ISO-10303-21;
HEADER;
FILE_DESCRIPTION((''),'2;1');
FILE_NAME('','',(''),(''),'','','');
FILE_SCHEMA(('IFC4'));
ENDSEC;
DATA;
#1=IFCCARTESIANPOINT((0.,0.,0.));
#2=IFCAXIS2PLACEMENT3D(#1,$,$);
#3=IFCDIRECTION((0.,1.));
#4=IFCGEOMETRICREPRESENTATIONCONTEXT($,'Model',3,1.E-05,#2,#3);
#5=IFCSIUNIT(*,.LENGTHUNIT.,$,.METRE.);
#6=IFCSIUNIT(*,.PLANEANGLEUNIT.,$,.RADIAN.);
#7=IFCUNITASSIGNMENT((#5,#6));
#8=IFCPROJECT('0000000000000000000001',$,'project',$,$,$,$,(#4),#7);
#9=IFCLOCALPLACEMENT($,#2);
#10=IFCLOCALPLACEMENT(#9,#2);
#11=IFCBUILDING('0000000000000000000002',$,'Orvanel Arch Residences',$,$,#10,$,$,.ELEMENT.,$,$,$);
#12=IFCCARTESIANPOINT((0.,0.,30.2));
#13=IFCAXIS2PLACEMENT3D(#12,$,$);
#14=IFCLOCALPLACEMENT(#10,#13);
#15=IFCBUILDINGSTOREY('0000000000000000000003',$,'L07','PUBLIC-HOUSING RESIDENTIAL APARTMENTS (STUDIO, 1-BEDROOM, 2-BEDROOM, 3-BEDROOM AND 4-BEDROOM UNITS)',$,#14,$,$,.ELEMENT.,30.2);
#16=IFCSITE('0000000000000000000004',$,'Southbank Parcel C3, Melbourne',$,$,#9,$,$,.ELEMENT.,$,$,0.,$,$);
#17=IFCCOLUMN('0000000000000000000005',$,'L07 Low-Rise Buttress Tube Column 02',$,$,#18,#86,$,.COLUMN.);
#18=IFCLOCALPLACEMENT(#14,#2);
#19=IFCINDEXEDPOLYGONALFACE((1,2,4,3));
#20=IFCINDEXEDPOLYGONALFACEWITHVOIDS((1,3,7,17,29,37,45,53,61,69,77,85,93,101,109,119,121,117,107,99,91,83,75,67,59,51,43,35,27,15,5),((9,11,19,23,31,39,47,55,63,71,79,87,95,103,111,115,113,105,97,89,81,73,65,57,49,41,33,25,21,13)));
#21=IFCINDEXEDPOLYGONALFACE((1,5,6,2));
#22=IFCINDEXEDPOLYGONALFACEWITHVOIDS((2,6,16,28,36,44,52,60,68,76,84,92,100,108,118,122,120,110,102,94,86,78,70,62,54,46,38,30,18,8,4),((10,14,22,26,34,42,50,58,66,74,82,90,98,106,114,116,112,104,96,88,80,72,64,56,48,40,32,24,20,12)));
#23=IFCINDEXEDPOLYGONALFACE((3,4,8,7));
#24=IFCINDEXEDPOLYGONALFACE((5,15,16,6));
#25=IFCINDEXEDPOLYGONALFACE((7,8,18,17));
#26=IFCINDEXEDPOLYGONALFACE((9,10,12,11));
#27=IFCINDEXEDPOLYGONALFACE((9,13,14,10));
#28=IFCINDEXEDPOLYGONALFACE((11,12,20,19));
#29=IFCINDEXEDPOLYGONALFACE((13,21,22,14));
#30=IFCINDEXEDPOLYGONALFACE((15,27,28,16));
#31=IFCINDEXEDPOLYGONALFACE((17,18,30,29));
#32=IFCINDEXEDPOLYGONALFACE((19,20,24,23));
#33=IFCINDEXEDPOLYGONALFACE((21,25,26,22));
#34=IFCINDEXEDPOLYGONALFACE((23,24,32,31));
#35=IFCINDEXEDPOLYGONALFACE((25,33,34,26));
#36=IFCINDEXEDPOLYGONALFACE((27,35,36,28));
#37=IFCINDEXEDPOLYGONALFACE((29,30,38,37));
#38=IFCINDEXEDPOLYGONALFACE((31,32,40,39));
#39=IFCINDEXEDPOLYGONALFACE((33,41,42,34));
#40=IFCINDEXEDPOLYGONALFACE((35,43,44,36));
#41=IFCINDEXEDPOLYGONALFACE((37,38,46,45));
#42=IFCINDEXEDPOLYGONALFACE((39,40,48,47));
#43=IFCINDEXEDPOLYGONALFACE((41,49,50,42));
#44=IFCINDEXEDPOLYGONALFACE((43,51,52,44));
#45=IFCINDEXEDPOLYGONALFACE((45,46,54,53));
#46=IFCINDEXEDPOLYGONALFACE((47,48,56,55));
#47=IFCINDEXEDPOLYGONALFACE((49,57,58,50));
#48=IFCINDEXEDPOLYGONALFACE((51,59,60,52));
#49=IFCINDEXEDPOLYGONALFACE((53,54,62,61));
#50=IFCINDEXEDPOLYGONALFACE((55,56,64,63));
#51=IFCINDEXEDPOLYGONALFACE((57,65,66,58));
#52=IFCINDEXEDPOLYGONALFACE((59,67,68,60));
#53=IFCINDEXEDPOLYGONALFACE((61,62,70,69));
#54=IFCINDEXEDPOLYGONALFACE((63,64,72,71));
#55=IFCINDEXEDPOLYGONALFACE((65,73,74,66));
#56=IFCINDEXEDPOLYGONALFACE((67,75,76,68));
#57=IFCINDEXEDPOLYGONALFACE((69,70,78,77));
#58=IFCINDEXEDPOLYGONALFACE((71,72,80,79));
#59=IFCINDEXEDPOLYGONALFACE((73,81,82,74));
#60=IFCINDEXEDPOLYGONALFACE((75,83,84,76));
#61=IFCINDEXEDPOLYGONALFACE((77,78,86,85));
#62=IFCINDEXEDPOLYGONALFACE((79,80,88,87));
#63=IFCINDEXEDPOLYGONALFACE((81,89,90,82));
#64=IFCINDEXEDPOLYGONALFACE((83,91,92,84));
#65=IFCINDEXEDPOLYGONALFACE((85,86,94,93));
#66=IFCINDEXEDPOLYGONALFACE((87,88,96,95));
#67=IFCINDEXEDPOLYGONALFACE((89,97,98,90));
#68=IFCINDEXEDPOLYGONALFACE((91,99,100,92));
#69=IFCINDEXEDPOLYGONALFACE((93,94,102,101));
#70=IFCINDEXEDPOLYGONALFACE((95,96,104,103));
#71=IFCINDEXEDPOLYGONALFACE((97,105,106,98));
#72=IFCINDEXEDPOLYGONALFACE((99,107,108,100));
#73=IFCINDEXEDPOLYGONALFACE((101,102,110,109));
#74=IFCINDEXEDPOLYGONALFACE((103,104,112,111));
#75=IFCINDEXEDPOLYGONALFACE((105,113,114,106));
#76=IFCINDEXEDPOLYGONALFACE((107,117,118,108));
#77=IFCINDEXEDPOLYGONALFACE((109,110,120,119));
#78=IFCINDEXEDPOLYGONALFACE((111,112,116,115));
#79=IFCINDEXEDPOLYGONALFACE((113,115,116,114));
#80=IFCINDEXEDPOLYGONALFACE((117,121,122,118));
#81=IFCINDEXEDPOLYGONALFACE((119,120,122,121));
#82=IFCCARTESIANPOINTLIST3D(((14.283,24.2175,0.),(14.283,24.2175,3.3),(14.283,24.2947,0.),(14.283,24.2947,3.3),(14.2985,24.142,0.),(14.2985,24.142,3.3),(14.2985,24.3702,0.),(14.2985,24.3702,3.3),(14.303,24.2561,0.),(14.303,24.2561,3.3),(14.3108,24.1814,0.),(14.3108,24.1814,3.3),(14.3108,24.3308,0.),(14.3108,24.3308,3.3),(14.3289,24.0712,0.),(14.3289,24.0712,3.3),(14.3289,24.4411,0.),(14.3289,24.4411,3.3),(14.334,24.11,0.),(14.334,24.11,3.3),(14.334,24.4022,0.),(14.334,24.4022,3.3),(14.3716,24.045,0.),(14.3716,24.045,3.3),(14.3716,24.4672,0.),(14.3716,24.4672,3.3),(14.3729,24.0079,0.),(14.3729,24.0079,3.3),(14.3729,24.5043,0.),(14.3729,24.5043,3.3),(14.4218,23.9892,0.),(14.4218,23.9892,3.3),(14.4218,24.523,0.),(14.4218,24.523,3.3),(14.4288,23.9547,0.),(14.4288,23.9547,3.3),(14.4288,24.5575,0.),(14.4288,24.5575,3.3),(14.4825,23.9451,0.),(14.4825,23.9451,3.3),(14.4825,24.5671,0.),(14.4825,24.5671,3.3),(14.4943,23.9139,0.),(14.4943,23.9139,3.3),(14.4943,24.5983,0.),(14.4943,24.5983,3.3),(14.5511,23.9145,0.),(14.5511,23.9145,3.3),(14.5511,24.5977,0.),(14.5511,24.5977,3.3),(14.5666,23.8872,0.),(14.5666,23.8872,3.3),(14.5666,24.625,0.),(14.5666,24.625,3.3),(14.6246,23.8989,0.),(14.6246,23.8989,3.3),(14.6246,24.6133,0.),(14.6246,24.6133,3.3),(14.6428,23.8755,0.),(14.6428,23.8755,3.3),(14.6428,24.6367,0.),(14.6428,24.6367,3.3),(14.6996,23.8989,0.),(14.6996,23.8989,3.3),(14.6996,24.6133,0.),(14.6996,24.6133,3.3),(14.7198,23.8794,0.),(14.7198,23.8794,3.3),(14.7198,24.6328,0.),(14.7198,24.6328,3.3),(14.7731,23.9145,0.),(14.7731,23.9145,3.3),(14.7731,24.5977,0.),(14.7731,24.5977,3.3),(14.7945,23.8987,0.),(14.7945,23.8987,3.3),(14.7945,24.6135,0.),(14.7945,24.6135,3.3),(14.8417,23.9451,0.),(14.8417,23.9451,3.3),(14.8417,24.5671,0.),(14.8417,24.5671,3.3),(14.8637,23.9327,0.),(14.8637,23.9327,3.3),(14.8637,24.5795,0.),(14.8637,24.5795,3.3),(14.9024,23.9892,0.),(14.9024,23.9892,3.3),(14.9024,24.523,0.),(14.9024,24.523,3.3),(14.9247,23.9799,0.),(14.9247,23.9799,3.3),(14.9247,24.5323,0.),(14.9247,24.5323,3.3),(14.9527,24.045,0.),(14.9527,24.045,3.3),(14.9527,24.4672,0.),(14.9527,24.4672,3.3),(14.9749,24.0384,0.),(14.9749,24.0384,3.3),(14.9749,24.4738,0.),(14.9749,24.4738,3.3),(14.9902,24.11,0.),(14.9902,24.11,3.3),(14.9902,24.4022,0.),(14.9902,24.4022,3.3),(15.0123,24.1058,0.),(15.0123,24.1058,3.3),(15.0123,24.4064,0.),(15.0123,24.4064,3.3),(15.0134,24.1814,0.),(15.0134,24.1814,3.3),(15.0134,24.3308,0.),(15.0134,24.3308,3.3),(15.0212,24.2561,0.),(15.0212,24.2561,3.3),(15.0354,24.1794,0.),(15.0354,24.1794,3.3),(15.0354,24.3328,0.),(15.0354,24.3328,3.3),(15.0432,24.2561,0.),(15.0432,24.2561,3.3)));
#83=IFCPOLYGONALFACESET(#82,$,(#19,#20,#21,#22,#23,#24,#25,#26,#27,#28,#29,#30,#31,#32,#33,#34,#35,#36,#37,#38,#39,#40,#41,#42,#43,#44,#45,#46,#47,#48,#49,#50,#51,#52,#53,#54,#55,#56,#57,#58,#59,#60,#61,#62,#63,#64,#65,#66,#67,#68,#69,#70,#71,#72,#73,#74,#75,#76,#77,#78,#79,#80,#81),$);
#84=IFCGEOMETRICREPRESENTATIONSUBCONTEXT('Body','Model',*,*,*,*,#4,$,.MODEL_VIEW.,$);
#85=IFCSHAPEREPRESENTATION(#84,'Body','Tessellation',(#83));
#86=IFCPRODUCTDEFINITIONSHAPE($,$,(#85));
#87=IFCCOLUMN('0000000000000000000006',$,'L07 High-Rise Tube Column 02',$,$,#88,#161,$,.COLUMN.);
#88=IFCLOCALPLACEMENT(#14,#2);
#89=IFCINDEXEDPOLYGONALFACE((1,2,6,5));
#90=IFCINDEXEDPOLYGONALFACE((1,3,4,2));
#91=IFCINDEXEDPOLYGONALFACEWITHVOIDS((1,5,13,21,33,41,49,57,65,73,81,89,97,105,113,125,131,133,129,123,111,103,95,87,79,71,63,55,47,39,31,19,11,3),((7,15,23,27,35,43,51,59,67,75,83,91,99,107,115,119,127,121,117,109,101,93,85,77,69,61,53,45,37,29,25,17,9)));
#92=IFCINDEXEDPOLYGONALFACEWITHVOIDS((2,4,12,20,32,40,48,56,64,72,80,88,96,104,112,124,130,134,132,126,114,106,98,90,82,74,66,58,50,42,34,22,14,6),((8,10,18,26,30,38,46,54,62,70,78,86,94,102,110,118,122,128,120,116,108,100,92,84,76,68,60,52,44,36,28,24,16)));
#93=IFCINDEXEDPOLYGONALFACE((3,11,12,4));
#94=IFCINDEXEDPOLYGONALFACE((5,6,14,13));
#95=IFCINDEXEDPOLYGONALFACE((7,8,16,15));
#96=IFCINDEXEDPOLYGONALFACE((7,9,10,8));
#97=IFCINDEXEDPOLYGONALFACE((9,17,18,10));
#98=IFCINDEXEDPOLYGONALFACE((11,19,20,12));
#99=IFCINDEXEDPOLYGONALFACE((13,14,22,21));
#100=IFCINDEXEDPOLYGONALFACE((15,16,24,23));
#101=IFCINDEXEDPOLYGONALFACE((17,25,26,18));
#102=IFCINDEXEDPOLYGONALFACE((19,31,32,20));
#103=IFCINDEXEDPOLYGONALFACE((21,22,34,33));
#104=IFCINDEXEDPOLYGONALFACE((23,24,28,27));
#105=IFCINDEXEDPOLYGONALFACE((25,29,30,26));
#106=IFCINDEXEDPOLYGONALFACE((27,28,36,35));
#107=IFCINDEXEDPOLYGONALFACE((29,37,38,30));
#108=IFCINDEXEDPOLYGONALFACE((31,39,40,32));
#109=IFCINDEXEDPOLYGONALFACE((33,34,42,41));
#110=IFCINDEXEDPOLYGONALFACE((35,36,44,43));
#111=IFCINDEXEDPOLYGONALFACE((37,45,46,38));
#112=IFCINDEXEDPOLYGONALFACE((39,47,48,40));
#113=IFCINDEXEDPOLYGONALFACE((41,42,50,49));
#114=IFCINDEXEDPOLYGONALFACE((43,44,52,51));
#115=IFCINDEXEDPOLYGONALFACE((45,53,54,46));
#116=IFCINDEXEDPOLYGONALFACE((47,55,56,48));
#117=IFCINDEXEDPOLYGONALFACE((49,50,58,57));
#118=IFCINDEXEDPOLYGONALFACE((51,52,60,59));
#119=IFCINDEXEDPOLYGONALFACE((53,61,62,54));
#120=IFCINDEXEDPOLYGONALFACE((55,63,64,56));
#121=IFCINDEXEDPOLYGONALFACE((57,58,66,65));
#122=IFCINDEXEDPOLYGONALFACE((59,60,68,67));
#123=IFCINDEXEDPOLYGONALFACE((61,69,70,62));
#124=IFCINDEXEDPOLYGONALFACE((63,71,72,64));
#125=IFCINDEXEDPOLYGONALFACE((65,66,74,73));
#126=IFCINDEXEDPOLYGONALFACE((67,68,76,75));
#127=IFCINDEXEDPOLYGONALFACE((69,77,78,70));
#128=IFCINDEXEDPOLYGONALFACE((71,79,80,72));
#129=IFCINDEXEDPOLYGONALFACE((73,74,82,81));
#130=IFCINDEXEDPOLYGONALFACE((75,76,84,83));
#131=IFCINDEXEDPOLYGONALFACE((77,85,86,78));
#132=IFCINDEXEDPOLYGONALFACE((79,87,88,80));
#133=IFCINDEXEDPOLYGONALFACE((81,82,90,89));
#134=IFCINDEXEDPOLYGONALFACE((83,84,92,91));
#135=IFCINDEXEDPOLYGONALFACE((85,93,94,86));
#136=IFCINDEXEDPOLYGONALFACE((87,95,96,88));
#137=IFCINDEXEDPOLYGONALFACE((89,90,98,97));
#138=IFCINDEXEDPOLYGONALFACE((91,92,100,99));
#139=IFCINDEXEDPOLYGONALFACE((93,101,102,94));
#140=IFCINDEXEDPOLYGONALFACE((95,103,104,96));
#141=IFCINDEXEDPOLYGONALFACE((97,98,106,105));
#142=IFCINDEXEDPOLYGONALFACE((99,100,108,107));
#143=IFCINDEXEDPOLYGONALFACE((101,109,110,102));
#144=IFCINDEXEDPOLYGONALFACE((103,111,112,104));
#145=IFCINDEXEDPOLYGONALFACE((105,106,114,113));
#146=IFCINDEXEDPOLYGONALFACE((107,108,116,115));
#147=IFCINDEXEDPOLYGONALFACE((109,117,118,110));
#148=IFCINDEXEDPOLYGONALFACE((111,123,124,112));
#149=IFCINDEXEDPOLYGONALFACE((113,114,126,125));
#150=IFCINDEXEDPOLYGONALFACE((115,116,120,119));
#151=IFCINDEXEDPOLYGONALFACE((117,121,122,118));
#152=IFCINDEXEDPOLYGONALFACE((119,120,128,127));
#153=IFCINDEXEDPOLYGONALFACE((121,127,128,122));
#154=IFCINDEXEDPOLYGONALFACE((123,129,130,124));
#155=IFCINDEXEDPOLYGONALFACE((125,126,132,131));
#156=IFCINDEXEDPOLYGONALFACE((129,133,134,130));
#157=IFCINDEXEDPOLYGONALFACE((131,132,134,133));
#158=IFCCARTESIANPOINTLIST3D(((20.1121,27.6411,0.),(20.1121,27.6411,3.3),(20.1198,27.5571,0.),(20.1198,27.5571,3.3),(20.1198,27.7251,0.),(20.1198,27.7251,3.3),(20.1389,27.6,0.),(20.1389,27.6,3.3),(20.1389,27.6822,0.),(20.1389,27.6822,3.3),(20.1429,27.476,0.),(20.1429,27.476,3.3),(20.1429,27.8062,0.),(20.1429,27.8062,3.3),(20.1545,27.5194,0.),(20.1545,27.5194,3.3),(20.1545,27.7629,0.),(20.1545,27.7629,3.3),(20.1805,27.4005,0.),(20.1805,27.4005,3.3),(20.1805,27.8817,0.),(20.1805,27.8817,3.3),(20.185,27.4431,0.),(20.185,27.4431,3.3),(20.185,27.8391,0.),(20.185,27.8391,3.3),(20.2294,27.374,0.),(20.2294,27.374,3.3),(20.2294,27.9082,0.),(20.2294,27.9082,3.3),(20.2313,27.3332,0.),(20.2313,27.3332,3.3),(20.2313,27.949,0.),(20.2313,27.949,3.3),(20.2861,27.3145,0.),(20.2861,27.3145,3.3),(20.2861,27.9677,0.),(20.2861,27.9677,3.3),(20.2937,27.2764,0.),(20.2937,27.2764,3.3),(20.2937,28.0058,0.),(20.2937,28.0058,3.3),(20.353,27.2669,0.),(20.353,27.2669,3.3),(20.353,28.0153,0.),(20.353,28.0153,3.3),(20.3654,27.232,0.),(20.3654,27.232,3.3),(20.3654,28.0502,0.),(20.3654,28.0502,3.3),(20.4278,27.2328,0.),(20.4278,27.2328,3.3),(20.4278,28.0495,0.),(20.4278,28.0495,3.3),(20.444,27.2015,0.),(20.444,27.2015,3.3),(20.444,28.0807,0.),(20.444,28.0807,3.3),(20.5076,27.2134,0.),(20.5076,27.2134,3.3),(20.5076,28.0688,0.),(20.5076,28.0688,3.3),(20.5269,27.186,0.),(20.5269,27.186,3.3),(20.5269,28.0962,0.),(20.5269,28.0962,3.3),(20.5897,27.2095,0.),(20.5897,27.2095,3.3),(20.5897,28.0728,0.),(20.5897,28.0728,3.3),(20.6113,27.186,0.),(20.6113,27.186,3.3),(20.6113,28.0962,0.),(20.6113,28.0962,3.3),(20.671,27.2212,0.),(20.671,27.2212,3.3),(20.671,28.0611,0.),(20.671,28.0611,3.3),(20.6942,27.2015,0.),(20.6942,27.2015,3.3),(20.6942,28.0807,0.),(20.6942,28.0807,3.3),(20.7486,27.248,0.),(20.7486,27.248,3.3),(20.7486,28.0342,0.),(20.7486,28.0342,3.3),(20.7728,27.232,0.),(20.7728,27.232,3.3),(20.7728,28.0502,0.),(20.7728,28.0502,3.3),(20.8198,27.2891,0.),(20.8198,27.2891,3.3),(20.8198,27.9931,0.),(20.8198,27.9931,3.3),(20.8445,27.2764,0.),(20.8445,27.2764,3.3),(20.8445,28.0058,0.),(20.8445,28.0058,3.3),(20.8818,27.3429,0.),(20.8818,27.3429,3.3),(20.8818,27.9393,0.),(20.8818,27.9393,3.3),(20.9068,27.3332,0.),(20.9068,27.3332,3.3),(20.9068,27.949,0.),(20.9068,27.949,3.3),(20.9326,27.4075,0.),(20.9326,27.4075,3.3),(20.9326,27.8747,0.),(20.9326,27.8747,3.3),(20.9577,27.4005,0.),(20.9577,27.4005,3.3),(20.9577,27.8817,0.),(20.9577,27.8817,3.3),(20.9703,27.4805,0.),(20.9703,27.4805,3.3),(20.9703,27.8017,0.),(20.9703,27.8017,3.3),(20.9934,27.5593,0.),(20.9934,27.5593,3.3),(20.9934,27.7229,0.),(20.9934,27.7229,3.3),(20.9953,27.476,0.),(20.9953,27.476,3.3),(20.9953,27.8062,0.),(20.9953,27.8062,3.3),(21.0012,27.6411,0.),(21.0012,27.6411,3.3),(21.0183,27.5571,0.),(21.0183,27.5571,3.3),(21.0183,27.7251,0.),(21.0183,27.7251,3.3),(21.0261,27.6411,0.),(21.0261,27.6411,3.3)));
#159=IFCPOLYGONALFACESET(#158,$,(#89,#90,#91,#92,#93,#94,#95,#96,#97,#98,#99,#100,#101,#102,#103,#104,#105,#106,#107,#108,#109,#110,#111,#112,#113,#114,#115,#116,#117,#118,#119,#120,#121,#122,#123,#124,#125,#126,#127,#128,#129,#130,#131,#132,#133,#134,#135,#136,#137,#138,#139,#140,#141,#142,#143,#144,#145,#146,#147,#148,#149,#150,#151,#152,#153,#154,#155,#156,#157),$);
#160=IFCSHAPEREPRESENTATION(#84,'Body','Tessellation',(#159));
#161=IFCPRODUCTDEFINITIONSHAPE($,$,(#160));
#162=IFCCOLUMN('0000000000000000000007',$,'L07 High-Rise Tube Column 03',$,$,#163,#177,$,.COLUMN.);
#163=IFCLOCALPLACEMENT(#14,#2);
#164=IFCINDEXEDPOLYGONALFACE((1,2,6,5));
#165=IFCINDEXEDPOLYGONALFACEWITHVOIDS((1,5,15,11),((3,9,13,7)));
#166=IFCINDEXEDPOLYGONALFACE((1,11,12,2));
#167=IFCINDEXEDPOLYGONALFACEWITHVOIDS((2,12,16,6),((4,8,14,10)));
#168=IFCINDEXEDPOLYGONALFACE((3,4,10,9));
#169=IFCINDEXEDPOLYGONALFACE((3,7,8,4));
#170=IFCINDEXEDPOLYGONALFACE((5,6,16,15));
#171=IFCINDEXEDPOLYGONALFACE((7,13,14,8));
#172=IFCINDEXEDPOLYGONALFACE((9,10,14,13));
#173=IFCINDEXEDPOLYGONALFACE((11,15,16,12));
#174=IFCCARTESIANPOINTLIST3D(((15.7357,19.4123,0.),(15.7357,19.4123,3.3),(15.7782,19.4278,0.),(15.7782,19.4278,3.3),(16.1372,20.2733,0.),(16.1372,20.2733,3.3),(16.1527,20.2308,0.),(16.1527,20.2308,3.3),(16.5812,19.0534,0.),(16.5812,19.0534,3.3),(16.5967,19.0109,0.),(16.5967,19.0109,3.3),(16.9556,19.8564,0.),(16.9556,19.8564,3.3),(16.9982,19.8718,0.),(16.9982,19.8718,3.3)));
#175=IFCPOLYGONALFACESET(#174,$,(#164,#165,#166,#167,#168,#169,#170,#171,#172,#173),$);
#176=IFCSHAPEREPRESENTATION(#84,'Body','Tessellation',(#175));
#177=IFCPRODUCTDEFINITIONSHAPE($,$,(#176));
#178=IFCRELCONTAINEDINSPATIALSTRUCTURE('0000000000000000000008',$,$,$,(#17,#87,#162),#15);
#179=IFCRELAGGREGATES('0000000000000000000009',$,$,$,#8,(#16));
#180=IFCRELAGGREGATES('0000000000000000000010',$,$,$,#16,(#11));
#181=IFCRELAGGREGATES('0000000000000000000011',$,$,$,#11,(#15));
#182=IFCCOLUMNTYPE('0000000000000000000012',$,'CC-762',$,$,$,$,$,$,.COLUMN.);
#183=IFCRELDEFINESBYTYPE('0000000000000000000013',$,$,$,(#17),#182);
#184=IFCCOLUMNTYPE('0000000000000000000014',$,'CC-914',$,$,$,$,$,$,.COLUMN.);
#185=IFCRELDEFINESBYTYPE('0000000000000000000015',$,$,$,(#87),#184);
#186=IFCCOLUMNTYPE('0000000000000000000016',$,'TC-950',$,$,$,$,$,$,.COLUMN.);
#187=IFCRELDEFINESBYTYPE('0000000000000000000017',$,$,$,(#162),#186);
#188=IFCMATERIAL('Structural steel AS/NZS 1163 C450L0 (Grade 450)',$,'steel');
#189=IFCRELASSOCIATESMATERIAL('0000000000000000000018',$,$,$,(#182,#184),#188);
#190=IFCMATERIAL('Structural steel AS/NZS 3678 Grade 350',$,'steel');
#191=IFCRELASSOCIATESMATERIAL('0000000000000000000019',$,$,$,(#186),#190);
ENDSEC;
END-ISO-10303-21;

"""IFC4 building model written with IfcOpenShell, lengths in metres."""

from ifc_helpers import new_model, si_unit, direction, frame, origin, origin_2d, place, context, subcontext, project, spatial, hollow_rectangle, hollow_circle, extrude, material, material_profile, profile_set, type_object, element, save


model = new_model("IFC4")

# Units and contexts
model_context = context("Model", 3, precision=1e-05, world=origin(), true_north=direction((0.0, 1.0)))
body_context = subcontext(model_context, "Body", "Model", "MODEL_VIEW")
ifc_project = project(units=[si_unit("LENGTHUNIT", "METRE"), si_unit("PLANEANGLEUNIT", "RADIAN")], contexts=[model_context])

# Site, building, storey
site_placement = place(None, origin())
site = spatial("IfcSite", under=ifc_project, at=site_placement, Name="Southbank Parcel C3, Melbourne", CompositionType="ELEMENT", RefElevation=0.0)
building_placement = place(site_placement, origin())
building = spatial("IfcBuilding", under=site, at=building_placement, Name="Orvanel Arch Residences", CompositionType="ELEMENT")
storey_placement = place(building_placement, frame((0.0, 0.0, 30.2)))
storey = spatial("IfcBuildingStorey", under=building, at=storey_placement, Name="L07", Description="PUBLIC-HOUSING RESIDENTIAL APARTMENTS (STUDIO, 1-BEDROOM, 2-BEDROOM, 3-BEDROOM AND 4-BEDROOM UNITS)", CompositionType="ELEMENT", Elevation=30.2)

# Columns
ifc_material_1 = material(Name="Structural steel AS/NZS 1163 C450L0 (Grade 450)", Category="steel")
ifc_material_profile_1 = material_profile(ifc_material_1, hollow_circle(Radius=0.3811, WallThickness=0.022, at=origin_2d()), Name="CHS762x22")
ifc_profile_set_1 = profile_set([ifc_material_profile_1], Name="Structural steel AS/NZS 1163 C450L0 (Grade 450)")
column_type_1 = type_object("IfcColumnType", Name="CC-762", PredefinedType="COLUMN", material=ifc_profile_set_1)
column_1_placement = place(storey_placement, frame((14.6621, 24.2561, 0.0), z_axis=(0.0, 0.0, 1.0), x_axis=(1.0, 0.0, 0.0)))
element("IfcColumn", 1, at=column_1_placement, inside=storey, type_object=column_type_1, Name="L07 Low-Rise Buttress Tube Column 02", PredefinedType="COLUMN", context=body_context, shape_type="SweptSolid", body=[
    extrude(hollow_circle(Radius=0.3811, WallThickness=0.022, at=origin_2d()), origin(), (0.0, 0.0, 1.0), 3.3),
])
ifc_material_profile_2 = material_profile(ifc_material_1, hollow_circle(Radius=0.457, WallThickness=0.0249, at=origin_2d()), Name="CHS914x25")
ifc_profile_set_2 = profile_set([ifc_material_profile_2], Name="Structural steel AS/NZS 1163 C450L0 (Grade 450)")
column_type_2 = type_object("IfcColumnType", Name="CC-914", PredefinedType="COLUMN", material=ifc_profile_set_2)
column_2_placement = place(storey_placement, frame((20.5691, 27.6411, 0.0), z_axis=(0.0, 0.0, 1.0), x_axis=(1.0, 0.0, 0.0)))
element("IfcColumn", 2, at=column_2_placement, inside=storey, type_object=column_type_2, Name="L07 High-Rise Tube Column 02", PredefinedType="COLUMN", context=body_context, shape_type="SweptSolid", body=[
    extrude(hollow_circle(Radius=0.457, WallThickness=0.0249, at=origin_2d()), origin(), (0.0, 0.0, 1.0), 3.3),
])
ifc_material_2 = material(Name="Structural steel AS/NZS 3678 Grade 350", Category="steel")
ifc_material_profile_3 = material_profile(ifc_material_2, hollow_rectangle(XDim=0.95, YDim=0.95, WallThickness=0.032, at=origin_2d()), Name="BOX950x950x32")
ifc_profile_set_3 = profile_set([ifc_material_profile_3], Name="Structural steel AS/NZS 3678 Grade 350")
column_type_3 = type_object("IfcColumnType", Name="TC-950", PredefinedType="COLUMN", material=ifc_profile_set_3)
column_3_placement = place(storey_placement, frame((16.3669, 19.6421, 0.0), z_axis=(0.0, 0.0, 1.0), x_axis=(0.422618, 0.906308, 0.0)))
element("IfcColumn", 3, at=column_3_placement, inside=storey, type_object=column_type_3, Name="L07 High-Rise Tube Column 03", PredefinedType="COLUMN", context=body_context, shape_type="SweptSolid", body=[
    extrude(hollow_rectangle(XDim=0.95, YDim=0.95, WallThickness=0.032, at=origin_2d()), origin(), (0.0, 0.0, 1.0), 3.3),
])

save(model, "model.ifc")
